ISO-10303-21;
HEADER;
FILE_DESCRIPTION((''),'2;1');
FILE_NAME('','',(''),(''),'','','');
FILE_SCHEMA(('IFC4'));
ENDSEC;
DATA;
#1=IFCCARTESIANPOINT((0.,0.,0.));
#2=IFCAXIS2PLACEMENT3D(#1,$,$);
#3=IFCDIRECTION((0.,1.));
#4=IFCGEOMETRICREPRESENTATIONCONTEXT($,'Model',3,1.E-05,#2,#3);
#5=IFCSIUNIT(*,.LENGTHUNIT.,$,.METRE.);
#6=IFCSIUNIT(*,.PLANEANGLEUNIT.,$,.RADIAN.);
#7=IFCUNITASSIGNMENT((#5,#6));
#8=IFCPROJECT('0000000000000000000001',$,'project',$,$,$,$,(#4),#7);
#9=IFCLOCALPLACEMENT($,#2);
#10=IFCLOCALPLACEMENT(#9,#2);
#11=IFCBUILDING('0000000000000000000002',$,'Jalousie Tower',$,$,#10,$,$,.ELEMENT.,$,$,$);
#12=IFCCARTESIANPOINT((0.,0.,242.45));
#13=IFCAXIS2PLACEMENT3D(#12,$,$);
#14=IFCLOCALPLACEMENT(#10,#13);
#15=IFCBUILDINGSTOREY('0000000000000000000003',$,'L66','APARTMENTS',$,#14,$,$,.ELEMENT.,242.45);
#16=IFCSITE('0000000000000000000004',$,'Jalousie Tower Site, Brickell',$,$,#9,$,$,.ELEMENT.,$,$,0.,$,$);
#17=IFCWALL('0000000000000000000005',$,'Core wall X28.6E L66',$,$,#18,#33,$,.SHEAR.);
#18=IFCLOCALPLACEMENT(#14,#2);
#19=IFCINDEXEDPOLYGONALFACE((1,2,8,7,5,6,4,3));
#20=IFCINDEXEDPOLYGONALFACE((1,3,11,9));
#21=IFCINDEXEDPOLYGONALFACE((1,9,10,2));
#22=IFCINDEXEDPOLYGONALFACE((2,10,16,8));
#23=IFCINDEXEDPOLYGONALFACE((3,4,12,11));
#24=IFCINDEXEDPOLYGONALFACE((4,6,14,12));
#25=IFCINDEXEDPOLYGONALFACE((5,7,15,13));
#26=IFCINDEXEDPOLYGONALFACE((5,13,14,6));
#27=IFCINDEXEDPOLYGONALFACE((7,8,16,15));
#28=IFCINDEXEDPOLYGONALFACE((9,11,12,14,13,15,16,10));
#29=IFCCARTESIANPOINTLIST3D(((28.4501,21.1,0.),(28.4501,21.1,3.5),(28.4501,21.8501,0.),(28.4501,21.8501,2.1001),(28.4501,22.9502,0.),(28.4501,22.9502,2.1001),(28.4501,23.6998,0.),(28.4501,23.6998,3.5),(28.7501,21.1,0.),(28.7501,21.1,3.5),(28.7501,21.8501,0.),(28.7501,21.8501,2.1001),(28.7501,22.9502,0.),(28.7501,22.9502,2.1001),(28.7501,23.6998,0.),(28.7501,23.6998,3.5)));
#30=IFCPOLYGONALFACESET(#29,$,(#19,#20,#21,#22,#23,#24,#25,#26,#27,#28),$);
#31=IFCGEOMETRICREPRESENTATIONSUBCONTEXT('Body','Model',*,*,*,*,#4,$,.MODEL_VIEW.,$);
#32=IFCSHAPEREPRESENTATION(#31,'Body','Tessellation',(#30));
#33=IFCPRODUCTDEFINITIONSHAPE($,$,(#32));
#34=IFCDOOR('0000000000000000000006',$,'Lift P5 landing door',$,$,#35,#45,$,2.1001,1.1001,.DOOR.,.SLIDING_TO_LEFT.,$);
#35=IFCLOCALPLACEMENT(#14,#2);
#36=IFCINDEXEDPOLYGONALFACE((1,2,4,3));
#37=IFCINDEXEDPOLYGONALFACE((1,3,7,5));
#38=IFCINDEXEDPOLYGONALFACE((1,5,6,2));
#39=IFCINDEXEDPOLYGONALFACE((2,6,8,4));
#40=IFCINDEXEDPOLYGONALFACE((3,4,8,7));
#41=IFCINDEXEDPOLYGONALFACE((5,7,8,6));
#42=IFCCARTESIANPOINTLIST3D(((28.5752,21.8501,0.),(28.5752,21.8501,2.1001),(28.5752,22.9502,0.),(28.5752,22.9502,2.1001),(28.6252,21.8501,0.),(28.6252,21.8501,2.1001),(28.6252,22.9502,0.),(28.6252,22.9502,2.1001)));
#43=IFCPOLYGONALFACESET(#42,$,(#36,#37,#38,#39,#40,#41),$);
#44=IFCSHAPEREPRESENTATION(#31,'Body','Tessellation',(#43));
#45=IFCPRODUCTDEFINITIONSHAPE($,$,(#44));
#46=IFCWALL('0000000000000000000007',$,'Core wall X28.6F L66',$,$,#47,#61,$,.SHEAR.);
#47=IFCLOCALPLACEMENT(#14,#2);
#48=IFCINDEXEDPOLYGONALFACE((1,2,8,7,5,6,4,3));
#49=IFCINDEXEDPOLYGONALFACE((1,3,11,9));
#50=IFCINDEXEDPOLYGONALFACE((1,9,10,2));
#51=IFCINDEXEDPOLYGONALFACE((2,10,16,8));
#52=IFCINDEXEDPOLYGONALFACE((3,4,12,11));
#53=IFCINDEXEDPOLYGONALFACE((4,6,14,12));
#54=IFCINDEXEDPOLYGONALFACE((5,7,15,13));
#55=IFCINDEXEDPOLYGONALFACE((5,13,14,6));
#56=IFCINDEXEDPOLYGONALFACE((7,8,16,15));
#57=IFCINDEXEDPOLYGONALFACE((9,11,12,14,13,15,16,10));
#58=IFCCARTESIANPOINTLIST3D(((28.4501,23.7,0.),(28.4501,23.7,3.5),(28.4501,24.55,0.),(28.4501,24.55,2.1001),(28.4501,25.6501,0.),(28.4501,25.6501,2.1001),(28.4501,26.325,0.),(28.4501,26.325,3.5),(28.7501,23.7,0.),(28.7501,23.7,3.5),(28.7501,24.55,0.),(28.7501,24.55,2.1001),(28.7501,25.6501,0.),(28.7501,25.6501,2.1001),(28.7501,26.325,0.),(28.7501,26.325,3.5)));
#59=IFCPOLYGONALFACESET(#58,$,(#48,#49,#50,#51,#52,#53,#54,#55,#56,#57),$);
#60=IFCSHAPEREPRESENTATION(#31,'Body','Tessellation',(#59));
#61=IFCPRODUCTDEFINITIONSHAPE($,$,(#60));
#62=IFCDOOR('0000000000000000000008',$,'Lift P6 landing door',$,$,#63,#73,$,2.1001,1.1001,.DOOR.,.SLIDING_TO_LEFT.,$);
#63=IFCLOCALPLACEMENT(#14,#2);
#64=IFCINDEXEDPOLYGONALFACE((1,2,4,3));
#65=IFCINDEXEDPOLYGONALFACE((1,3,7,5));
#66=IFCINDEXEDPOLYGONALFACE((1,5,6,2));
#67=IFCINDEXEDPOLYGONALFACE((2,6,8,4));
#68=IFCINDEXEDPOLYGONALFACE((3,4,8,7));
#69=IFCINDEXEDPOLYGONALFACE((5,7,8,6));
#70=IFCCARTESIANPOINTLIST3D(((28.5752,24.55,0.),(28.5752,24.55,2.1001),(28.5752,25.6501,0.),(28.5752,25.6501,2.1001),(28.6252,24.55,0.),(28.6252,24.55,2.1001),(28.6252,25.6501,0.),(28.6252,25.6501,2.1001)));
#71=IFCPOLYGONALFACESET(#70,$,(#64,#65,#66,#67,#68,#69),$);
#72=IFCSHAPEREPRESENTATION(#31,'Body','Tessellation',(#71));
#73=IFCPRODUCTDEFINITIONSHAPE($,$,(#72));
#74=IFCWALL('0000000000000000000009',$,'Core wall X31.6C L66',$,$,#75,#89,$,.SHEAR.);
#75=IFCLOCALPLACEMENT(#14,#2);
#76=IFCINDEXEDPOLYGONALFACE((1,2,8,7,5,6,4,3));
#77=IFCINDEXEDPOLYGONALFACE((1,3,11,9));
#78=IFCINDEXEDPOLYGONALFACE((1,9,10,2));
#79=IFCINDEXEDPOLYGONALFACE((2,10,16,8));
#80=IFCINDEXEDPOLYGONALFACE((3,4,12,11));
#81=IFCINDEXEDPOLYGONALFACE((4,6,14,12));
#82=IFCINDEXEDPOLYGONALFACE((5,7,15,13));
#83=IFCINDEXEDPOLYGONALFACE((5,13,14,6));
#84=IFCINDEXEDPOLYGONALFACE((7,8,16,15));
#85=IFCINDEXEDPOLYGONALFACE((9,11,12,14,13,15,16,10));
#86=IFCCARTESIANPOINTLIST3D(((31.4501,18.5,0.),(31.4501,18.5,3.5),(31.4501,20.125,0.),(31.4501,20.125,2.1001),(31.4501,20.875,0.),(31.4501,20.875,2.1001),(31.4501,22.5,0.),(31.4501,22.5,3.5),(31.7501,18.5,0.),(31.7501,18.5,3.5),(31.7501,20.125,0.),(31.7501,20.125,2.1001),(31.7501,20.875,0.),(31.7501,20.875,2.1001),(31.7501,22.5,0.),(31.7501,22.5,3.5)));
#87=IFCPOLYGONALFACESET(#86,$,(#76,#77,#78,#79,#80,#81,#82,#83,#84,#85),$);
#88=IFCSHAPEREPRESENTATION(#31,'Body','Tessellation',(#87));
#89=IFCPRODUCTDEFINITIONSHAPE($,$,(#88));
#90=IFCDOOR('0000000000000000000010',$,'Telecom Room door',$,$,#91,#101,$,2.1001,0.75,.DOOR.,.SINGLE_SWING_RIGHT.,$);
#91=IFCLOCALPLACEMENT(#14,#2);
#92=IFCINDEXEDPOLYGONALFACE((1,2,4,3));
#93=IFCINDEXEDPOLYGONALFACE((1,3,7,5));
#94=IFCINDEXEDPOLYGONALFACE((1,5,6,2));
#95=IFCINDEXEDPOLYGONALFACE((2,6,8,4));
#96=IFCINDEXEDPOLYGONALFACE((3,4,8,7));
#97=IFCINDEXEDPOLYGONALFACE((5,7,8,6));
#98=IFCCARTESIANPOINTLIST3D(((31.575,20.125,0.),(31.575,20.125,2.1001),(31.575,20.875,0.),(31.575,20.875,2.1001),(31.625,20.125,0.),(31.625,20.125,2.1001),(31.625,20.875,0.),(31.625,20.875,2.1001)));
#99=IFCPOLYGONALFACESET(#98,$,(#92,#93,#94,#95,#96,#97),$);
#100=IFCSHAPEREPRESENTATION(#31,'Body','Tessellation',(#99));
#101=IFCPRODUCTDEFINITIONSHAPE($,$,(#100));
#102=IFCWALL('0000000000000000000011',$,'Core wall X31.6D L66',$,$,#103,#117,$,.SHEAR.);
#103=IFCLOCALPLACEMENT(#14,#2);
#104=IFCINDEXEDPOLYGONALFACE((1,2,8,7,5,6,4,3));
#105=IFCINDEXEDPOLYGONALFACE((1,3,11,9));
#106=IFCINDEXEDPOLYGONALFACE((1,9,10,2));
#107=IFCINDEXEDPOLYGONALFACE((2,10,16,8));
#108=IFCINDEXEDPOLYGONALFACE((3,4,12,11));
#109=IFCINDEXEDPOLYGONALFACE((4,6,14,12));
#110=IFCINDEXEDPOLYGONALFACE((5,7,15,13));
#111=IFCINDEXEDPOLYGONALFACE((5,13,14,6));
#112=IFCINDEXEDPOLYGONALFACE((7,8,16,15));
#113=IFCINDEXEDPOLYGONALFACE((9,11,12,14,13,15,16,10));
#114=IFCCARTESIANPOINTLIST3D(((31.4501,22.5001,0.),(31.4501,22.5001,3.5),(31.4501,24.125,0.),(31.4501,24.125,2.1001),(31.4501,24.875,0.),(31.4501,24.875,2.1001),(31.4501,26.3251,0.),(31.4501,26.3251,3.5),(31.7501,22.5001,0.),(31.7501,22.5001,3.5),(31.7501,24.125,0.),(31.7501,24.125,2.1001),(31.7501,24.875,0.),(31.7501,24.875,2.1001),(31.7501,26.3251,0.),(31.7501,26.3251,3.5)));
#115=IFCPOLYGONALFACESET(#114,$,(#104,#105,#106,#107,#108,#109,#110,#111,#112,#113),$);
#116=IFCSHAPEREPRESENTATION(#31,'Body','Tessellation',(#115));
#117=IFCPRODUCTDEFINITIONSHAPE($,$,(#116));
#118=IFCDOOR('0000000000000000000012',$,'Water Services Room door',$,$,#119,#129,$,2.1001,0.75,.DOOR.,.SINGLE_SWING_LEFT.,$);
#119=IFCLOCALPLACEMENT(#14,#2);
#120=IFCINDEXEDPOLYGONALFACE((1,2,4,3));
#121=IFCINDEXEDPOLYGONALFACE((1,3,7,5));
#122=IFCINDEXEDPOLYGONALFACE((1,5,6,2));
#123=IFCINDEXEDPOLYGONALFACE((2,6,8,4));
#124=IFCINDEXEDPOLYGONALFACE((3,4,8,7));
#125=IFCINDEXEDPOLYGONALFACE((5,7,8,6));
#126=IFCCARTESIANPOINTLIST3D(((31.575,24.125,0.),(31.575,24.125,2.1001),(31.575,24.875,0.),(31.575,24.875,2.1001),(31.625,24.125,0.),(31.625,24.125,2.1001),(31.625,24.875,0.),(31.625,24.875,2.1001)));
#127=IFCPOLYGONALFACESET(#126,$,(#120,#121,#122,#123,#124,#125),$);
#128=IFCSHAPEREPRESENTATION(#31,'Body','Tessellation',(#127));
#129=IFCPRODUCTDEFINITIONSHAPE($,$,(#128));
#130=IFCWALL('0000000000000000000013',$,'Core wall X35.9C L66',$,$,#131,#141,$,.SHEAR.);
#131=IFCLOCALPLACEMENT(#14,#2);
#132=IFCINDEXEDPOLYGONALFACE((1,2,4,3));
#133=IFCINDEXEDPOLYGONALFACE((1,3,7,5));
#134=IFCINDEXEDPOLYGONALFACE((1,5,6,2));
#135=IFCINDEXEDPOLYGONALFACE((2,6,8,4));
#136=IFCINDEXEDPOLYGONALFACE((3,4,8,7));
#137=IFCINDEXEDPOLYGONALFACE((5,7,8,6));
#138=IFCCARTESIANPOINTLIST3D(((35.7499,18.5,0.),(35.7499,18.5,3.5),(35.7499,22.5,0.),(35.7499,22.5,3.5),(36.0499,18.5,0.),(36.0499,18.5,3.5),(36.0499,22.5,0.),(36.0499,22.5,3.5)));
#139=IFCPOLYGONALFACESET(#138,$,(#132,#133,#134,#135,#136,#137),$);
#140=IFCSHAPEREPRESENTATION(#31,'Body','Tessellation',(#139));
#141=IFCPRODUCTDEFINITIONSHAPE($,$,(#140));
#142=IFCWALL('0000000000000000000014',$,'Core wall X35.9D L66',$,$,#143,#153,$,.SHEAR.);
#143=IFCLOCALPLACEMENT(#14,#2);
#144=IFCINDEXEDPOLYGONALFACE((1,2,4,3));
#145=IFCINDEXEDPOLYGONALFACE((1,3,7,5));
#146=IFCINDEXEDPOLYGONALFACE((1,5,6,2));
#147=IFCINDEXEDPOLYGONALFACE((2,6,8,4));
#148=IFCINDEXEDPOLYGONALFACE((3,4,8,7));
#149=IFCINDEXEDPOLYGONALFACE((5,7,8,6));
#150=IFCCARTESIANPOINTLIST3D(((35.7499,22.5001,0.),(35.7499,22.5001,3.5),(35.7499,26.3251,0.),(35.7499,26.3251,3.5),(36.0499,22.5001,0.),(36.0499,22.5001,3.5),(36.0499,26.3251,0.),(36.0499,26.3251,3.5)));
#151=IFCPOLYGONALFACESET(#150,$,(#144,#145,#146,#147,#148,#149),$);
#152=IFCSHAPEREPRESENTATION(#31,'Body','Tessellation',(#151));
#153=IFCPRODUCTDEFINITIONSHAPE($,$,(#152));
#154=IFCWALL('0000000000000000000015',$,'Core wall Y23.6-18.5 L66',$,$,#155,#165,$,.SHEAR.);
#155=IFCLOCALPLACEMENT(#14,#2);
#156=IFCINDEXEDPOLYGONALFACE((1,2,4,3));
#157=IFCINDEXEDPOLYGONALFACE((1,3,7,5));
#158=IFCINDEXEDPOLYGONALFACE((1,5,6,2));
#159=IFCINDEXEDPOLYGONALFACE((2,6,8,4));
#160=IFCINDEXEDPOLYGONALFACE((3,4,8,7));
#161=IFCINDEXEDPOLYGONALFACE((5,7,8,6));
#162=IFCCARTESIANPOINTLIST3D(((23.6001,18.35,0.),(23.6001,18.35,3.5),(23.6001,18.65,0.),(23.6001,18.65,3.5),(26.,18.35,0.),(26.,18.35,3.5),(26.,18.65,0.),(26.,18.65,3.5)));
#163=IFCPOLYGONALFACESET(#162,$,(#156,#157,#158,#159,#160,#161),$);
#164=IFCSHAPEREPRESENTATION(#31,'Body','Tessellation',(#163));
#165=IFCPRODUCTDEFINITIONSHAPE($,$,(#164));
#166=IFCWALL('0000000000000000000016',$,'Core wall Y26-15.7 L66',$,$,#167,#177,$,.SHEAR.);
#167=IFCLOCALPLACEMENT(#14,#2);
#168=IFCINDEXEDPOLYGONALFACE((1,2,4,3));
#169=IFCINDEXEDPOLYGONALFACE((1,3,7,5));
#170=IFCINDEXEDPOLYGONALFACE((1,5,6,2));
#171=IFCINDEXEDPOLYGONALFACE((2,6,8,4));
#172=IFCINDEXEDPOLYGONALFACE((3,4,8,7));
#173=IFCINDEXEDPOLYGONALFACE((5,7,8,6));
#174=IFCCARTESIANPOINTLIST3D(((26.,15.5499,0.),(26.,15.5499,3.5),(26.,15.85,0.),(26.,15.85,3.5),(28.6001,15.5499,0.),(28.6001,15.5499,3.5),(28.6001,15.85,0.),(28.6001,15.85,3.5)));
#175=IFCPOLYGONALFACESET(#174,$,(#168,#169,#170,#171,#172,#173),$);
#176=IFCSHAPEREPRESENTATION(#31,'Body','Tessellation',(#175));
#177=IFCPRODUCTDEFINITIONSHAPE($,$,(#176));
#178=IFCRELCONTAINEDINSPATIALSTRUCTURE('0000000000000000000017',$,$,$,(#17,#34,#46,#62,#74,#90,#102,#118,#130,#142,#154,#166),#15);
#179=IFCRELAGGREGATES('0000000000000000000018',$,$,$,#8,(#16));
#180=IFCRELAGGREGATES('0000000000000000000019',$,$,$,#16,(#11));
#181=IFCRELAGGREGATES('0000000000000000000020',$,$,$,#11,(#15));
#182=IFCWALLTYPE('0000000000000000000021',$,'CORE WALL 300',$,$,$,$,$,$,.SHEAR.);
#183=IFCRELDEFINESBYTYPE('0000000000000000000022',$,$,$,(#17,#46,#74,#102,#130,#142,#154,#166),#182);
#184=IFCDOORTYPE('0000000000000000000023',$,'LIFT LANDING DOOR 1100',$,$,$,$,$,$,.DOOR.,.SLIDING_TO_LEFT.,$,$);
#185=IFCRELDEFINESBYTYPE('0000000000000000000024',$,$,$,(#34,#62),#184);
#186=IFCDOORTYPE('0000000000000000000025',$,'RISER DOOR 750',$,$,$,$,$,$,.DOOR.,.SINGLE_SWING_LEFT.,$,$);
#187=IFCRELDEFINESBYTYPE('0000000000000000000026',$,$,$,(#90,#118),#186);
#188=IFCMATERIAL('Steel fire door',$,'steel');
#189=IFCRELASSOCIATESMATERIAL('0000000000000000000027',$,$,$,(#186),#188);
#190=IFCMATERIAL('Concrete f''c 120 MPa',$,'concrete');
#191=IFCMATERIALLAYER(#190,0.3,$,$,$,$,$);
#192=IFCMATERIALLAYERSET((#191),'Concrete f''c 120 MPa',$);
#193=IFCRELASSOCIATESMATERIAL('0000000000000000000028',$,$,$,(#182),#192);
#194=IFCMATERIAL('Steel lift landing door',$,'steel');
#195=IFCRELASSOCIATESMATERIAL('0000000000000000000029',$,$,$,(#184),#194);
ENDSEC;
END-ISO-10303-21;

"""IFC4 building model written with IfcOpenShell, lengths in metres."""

from ifc_helpers import new_model, si_unit, direction, frame, frame_2d, origin, place, context, subcontext, project, spatial, rectangle, extrude, material, layer, layer_set, type_object, element, fill, save


model = new_model("IFC4")

# Units and contexts
model_context = context("Model", 3, precision=1e-05, world=origin(), true_north=direction((0.0, 1.0)))
body_context = subcontext(model_context, "Body", "Model", "MODEL_VIEW")
ifc_project = project(units=[si_unit("LENGTHUNIT", "METRE"), si_unit("PLANEANGLEUNIT", "RADIAN")], contexts=[model_context])

# Site, building, storey
site_placement = place(None, origin())
site = spatial("IfcSite", under=ifc_project, at=site_placement, Name="Jalousie Tower Site, Brickell", CompositionType="ELEMENT", RefElevation=0.0)
building_placement = place(site_placement, origin())
building = spatial("IfcBuilding", under=site, at=building_placement, Name="Jalousie Tower", CompositionType="ELEMENT")
storey_placement = place(building_placement, frame((0.0, 0.0, 242.45)))
storey = spatial("IfcBuildingStorey", under=building, at=storey_placement, Name="L66", Description="APARTMENTS", CompositionType="ELEMENT", Elevation=242.45)

# Shared definitions
ifc_material_1 = material(Name="Steel fire door", Category="steel")
door_type_1 = type_object("IfcDoorType", Name="RISER DOOR 750", OperationType="SINGLE_SWING_LEFT", PredefinedType="DOOR", material=ifc_material_1)

# Shared definitions
ifc_material_2 = material(Name="Concrete f'c 120 MPa", Category="concrete")
ifc_layer_1 = layer(ifc_material_2, 0.3)
ifc_layer_set_1 = layer_set([ifc_layer_1], Name="Concrete f'c 120 MPa")
wall_type_1 = type_object("IfcWallType", Name="CORE WALL 300", PredefinedType="SHEAR", material=ifc_layer_set_1)

# Walls, openings, doors
ifc_material_3 = material(Name="Steel lift landing door", Category="steel")
door_type_2 = type_object("IfcDoorType", Name="LIFT LANDING DOOR 1100", OperationType="SLIDING_TO_LEFT", PredefinedType="DOOR", material=ifc_material_3)
wall_1_placement = place(storey_placement, frame((28.6001, 21.1001, 0.0), z_axis=(0.0, 0.0, 1.0), x_axis=(0.0, 1.0, 0.0)))
wall_1 = element("IfcWall", 1, at=wall_1_placement, inside=storey, type_object=wall_type_1, Name="Core wall X28.6E L66", PredefinedType="SHEAR", context=body_context, shape_type="SweptSolid", body=[
    extrude(rectangle(XDim=2.5999, YDim=0.3, at=frame_2d((1.2998, 0.0))), origin(), (0.0, 0.0, 1.0), 3.5),
])
opening_1_placement = place(wall_1_placement, frame((0.75, 0.0, 0.0)))
opening_1 = element("IfcOpeningElement", 2, at=opening_1_placement, cuts=wall_1, PredefinedType="OPENING", context=body_context, shape_type="SweptSolid", body=[
    extrude(rectangle(XDim=1.1001, YDim=2.1001, at=frame_2d((0.55, 1.05))), frame((0.0, 0.1599, 0.0), z_axis=(0.0, -1.0, 0.0), x_axis=(1.0, 0.0, 0.0)), (0.0, 0.0, 1.0), 0.3201),
])
door_1_placement = place(opening_1_placement, origin())
door_1 = element("IfcDoor", 3, at=door_1_placement, inside=storey, type_object=door_type_2, Name="Lift P5 landing door", OperationType="SLIDING_TO_LEFT", OverallHeight=2.1001, OverallWidth=1.1001, PredefinedType="DOOR", context=body_context, shape_type="SweptSolid", body=[
    extrude(rectangle(XDim=1.1001, YDim=2.1001, at=frame_2d((0.55, 1.05))), frame((0.0, 0.0249, 0.0), z_axis=(0.0, -1.0, 0.0), x_axis=(1.0, 0.0, 0.0)), (0.0, 0.0, 1.0), 0.05),
])
fill(opening_1, door_1)
wall_2_placement = place(storey_placement, frame((28.6001, 23.7, 0.0), z_axis=(0.0, 0.0, 1.0), x_axis=(0.0, 1.0, 0.0)))
wall_2 = element("IfcWall", 4, at=wall_2_placement, inside=storey, type_object=wall_type_1, Name="Core wall X28.6F L66", PredefinedType="SHEAR", context=body_context, shape_type="SweptSolid", body=[
    extrude(rectangle(XDim=2.625, YDim=0.3, at=frame_2d((1.3125, 0.0))), origin(), (0.0, 0.0, 1.0), 3.5),
])
opening_2_placement = place(wall_2_placement, frame((0.8501, 0.0, 0.0)))
opening_2 = element("IfcOpeningElement", 5, at=opening_2_placement, cuts=wall_2, PredefinedType="OPENING", context=body_context, shape_type="SweptSolid", body=[
    extrude(rectangle(XDim=1.1001, YDim=2.1001, at=frame_2d((0.55, 1.05))), frame((0.0, 0.1599, 0.0), z_axis=(0.0, -1.0, 0.0), x_axis=(1.0, 0.0, 0.0)), (0.0, 0.0, 1.0), 0.3201),
])
door_2_placement = place(opening_2_placement, origin())
door_2 = element("IfcDoor", 6, at=door_2_placement, inside=storey, type_object=door_type_2, Name="Lift P6 landing door", OperationType="SLIDING_TO_LEFT", OverallHeight=2.1001, OverallWidth=1.1001, PredefinedType="DOOR", context=body_context, shape_type="SweptSolid", body=[
    extrude(rectangle(XDim=1.1001, YDim=2.1001, at=frame_2d((0.55, 1.05))), frame((0.0, 0.0249, 0.0), z_axis=(0.0, -1.0, 0.0), x_axis=(1.0, 0.0, 0.0)), (0.0, 0.0, 1.0), 0.05),
])
fill(opening_2, door_2)
wall_3_placement = place(storey_placement, frame((31.6001, 18.5, 0.0), z_axis=(0.0, 0.0, 1.0), x_axis=(0.0, 1.0, 0.0)))
wall_3 = element("IfcWall", 7, at=wall_3_placement, inside=storey, type_object=wall_type_1, Name="Core wall X31.6C L66", PredefinedType="SHEAR", context=body_context, shape_type="SweptSolid", body=[
    extrude(rectangle(XDim=4.0, YDim=0.3, at=frame_2d((2.0, 0.0))), origin(), (0.0, 0.0, 1.0), 3.5),
])
opening_3_placement = place(wall_3_placement, frame((1.625, 0.0, 0.0)))
opening_3 = element("IfcOpeningElement", 8, at=opening_3_placement, cuts=wall_3, PredefinedType="OPENING", context=body_context, shape_type="SweptSolid", body=[
    extrude(rectangle(XDim=0.75, YDim=2.1001, at=frame_2d((0.375, 1.05))), frame((0.0, 0.1599, 0.0), z_axis=(0.0, -1.0, 0.0), x_axis=(1.0, 0.0, 0.0)), (0.0, 0.0, 1.0), 0.3201),
])
door_3_placement = place(opening_3_placement, frame((0.75, 0.0, 0.0), z_axis=(0.0, 0.0, 1.0), x_axis=(-1.0, 0.0, 0.0)))
door_3 = element("IfcDoor", 9, at=door_3_placement, inside=storey, type_object=door_type_1, Name="Telecom Room door", OperationType="SINGLE_SWING_RIGHT", OverallHeight=2.1001, OverallWidth=0.75, PredefinedType="DOOR", context=body_context, shape_type="SweptSolid", body=[
    extrude(rectangle(XDim=0.75, YDim=2.1001, at=frame_2d((0.375, 1.05))), frame((0.0, 0.0249, 0.0), z_axis=(0.0, -1.0, 0.0), x_axis=(1.0, 0.0, 0.0)), (0.0, 0.0, 1.0), 0.05),
])
fill(opening_3, door_3)
wall_4_placement = place(storey_placement, frame((31.6001, 22.5, 0.0), z_axis=(0.0, 0.0, 1.0), x_axis=(0.0, 1.0, 0.0)))
wall_4 = element("IfcWall", 10, at=wall_4_placement, inside=storey, type_object=wall_type_1, Name="Core wall X31.6D L66", PredefinedType="SHEAR", context=body_context, shape_type="SweptSolid", body=[
    extrude(rectangle(XDim=3.825, YDim=0.3, at=frame_2d((1.9126, 0.0))), origin(), (0.0, 0.0, 1.0), 3.5),
])
opening_4_placement = place(wall_4_placement, frame((1.625, 0.0, 0.0)))
opening_4 = element("IfcOpeningElement", 11, at=opening_4_placement, cuts=wall_4, PredefinedType="OPENING", context=body_context, shape_type="SweptSolid", body=[
    extrude(rectangle(XDim=0.75, YDim=2.1001, at=frame_2d((0.375, 1.05))), frame((0.0, 0.1599, 0.0), z_axis=(0.0, -1.0, 0.0), x_axis=(1.0, 0.0, 0.0)), (0.0, 0.0, 1.0), 0.3201),
])
door_4_placement = place(opening_4_placement, frame((0.75, 0.0, 0.0), z_axis=(0.0, 0.0, 1.0), x_axis=(-1.0, 0.0, 0.0)))
door_4 = element("IfcDoor", 12, at=door_4_placement, inside=storey, type_object=door_type_1, Name="Water Services Room door", OperationType="SINGLE_SWING_LEFT", OverallHeight=2.1001, OverallWidth=0.75, PredefinedType="DOOR", context=body_context, shape_type="SweptSolid", body=[
    extrude(rectangle(XDim=0.75, YDim=2.1001, at=frame_2d((0.375, 1.05))), frame((0.0, 0.0249, 0.0), z_axis=(0.0, -1.0, 0.0), x_axis=(1.0, 0.0, 0.0)), (0.0, 0.0, 1.0), 0.05),
])
fill(opening_4, door_4)

# Walls
wall_5_placement = place(storey_placement, frame((35.8999, 18.5, 0.0), z_axis=(0.0, 0.0, 1.0), x_axis=(0.0, 1.0, 0.0)))
element("IfcWall", 13, at=wall_5_placement, inside=storey, type_object=wall_type_1, Name="Core wall X35.9C L66", PredefinedType="SHEAR", context=body_context, shape_type="SweptSolid", body=[
    extrude(rectangle(XDim=4.0, YDim=0.3, at=frame_2d((2.0, 0.0))), origin(), (0.0, 0.0, 1.0), 3.5),
])
wall_6_placement = place(storey_placement, frame((35.8999, 22.5, 0.0), z_axis=(0.0, 0.0, 1.0), x_axis=(0.0, 1.0, 0.0)))
element("IfcWall", 14, at=wall_6_placement, inside=storey, type_object=wall_type_1, Name="Core wall X35.9D L66", PredefinedType="SHEAR", context=body_context, shape_type="SweptSolid", body=[
    extrude(rectangle(XDim=3.825, YDim=0.3, at=frame_2d((1.9126, 0.0))), origin(), (0.0, 0.0, 1.0), 3.5),
])
wall_7_placement = place(storey_placement, frame((23.6001, 18.5, 0.0), z_axis=(0.0, 0.0, 1.0), x_axis=(1.0, 0.0, 0.0)))
element("IfcWall", 15, at=wall_7_placement, inside=storey, type_object=wall_type_1, Name="Core wall Y23.6-18.5 L66", PredefinedType="SHEAR", context=body_context, shape_type="SweptSolid", body=[
    extrude(rectangle(XDim=2.3999, YDim=0.3, at=frame_2d((1.2, 0.0))), origin(), (0.0, 0.0, 1.0), 3.5),
])
for number, where, z_axis, x_axis, name in (
    (16, (26.0, 15.7, 0.0), (0.0, 0.0, 1.0), (1.0, 0.0, 0.0), "Core wall Y26-15.7 L66"),
):
    element("IfcWall", number, at=place(storey_placement, frame(where, z_axis=z_axis, x_axis=x_axis)), inside=storey, type_object=wall_type_1, Name=name, PredefinedType="SHEAR", context=body_context, shape_type="SweptSolid", body=[
        extrude(rectangle(XDim=2.6001, YDim=0.3, at=frame_2d((1.3, 0.0))), origin(), (0.0, 0.0, 1.0), 3.5),
    ])

save(model, "model.ifc")
